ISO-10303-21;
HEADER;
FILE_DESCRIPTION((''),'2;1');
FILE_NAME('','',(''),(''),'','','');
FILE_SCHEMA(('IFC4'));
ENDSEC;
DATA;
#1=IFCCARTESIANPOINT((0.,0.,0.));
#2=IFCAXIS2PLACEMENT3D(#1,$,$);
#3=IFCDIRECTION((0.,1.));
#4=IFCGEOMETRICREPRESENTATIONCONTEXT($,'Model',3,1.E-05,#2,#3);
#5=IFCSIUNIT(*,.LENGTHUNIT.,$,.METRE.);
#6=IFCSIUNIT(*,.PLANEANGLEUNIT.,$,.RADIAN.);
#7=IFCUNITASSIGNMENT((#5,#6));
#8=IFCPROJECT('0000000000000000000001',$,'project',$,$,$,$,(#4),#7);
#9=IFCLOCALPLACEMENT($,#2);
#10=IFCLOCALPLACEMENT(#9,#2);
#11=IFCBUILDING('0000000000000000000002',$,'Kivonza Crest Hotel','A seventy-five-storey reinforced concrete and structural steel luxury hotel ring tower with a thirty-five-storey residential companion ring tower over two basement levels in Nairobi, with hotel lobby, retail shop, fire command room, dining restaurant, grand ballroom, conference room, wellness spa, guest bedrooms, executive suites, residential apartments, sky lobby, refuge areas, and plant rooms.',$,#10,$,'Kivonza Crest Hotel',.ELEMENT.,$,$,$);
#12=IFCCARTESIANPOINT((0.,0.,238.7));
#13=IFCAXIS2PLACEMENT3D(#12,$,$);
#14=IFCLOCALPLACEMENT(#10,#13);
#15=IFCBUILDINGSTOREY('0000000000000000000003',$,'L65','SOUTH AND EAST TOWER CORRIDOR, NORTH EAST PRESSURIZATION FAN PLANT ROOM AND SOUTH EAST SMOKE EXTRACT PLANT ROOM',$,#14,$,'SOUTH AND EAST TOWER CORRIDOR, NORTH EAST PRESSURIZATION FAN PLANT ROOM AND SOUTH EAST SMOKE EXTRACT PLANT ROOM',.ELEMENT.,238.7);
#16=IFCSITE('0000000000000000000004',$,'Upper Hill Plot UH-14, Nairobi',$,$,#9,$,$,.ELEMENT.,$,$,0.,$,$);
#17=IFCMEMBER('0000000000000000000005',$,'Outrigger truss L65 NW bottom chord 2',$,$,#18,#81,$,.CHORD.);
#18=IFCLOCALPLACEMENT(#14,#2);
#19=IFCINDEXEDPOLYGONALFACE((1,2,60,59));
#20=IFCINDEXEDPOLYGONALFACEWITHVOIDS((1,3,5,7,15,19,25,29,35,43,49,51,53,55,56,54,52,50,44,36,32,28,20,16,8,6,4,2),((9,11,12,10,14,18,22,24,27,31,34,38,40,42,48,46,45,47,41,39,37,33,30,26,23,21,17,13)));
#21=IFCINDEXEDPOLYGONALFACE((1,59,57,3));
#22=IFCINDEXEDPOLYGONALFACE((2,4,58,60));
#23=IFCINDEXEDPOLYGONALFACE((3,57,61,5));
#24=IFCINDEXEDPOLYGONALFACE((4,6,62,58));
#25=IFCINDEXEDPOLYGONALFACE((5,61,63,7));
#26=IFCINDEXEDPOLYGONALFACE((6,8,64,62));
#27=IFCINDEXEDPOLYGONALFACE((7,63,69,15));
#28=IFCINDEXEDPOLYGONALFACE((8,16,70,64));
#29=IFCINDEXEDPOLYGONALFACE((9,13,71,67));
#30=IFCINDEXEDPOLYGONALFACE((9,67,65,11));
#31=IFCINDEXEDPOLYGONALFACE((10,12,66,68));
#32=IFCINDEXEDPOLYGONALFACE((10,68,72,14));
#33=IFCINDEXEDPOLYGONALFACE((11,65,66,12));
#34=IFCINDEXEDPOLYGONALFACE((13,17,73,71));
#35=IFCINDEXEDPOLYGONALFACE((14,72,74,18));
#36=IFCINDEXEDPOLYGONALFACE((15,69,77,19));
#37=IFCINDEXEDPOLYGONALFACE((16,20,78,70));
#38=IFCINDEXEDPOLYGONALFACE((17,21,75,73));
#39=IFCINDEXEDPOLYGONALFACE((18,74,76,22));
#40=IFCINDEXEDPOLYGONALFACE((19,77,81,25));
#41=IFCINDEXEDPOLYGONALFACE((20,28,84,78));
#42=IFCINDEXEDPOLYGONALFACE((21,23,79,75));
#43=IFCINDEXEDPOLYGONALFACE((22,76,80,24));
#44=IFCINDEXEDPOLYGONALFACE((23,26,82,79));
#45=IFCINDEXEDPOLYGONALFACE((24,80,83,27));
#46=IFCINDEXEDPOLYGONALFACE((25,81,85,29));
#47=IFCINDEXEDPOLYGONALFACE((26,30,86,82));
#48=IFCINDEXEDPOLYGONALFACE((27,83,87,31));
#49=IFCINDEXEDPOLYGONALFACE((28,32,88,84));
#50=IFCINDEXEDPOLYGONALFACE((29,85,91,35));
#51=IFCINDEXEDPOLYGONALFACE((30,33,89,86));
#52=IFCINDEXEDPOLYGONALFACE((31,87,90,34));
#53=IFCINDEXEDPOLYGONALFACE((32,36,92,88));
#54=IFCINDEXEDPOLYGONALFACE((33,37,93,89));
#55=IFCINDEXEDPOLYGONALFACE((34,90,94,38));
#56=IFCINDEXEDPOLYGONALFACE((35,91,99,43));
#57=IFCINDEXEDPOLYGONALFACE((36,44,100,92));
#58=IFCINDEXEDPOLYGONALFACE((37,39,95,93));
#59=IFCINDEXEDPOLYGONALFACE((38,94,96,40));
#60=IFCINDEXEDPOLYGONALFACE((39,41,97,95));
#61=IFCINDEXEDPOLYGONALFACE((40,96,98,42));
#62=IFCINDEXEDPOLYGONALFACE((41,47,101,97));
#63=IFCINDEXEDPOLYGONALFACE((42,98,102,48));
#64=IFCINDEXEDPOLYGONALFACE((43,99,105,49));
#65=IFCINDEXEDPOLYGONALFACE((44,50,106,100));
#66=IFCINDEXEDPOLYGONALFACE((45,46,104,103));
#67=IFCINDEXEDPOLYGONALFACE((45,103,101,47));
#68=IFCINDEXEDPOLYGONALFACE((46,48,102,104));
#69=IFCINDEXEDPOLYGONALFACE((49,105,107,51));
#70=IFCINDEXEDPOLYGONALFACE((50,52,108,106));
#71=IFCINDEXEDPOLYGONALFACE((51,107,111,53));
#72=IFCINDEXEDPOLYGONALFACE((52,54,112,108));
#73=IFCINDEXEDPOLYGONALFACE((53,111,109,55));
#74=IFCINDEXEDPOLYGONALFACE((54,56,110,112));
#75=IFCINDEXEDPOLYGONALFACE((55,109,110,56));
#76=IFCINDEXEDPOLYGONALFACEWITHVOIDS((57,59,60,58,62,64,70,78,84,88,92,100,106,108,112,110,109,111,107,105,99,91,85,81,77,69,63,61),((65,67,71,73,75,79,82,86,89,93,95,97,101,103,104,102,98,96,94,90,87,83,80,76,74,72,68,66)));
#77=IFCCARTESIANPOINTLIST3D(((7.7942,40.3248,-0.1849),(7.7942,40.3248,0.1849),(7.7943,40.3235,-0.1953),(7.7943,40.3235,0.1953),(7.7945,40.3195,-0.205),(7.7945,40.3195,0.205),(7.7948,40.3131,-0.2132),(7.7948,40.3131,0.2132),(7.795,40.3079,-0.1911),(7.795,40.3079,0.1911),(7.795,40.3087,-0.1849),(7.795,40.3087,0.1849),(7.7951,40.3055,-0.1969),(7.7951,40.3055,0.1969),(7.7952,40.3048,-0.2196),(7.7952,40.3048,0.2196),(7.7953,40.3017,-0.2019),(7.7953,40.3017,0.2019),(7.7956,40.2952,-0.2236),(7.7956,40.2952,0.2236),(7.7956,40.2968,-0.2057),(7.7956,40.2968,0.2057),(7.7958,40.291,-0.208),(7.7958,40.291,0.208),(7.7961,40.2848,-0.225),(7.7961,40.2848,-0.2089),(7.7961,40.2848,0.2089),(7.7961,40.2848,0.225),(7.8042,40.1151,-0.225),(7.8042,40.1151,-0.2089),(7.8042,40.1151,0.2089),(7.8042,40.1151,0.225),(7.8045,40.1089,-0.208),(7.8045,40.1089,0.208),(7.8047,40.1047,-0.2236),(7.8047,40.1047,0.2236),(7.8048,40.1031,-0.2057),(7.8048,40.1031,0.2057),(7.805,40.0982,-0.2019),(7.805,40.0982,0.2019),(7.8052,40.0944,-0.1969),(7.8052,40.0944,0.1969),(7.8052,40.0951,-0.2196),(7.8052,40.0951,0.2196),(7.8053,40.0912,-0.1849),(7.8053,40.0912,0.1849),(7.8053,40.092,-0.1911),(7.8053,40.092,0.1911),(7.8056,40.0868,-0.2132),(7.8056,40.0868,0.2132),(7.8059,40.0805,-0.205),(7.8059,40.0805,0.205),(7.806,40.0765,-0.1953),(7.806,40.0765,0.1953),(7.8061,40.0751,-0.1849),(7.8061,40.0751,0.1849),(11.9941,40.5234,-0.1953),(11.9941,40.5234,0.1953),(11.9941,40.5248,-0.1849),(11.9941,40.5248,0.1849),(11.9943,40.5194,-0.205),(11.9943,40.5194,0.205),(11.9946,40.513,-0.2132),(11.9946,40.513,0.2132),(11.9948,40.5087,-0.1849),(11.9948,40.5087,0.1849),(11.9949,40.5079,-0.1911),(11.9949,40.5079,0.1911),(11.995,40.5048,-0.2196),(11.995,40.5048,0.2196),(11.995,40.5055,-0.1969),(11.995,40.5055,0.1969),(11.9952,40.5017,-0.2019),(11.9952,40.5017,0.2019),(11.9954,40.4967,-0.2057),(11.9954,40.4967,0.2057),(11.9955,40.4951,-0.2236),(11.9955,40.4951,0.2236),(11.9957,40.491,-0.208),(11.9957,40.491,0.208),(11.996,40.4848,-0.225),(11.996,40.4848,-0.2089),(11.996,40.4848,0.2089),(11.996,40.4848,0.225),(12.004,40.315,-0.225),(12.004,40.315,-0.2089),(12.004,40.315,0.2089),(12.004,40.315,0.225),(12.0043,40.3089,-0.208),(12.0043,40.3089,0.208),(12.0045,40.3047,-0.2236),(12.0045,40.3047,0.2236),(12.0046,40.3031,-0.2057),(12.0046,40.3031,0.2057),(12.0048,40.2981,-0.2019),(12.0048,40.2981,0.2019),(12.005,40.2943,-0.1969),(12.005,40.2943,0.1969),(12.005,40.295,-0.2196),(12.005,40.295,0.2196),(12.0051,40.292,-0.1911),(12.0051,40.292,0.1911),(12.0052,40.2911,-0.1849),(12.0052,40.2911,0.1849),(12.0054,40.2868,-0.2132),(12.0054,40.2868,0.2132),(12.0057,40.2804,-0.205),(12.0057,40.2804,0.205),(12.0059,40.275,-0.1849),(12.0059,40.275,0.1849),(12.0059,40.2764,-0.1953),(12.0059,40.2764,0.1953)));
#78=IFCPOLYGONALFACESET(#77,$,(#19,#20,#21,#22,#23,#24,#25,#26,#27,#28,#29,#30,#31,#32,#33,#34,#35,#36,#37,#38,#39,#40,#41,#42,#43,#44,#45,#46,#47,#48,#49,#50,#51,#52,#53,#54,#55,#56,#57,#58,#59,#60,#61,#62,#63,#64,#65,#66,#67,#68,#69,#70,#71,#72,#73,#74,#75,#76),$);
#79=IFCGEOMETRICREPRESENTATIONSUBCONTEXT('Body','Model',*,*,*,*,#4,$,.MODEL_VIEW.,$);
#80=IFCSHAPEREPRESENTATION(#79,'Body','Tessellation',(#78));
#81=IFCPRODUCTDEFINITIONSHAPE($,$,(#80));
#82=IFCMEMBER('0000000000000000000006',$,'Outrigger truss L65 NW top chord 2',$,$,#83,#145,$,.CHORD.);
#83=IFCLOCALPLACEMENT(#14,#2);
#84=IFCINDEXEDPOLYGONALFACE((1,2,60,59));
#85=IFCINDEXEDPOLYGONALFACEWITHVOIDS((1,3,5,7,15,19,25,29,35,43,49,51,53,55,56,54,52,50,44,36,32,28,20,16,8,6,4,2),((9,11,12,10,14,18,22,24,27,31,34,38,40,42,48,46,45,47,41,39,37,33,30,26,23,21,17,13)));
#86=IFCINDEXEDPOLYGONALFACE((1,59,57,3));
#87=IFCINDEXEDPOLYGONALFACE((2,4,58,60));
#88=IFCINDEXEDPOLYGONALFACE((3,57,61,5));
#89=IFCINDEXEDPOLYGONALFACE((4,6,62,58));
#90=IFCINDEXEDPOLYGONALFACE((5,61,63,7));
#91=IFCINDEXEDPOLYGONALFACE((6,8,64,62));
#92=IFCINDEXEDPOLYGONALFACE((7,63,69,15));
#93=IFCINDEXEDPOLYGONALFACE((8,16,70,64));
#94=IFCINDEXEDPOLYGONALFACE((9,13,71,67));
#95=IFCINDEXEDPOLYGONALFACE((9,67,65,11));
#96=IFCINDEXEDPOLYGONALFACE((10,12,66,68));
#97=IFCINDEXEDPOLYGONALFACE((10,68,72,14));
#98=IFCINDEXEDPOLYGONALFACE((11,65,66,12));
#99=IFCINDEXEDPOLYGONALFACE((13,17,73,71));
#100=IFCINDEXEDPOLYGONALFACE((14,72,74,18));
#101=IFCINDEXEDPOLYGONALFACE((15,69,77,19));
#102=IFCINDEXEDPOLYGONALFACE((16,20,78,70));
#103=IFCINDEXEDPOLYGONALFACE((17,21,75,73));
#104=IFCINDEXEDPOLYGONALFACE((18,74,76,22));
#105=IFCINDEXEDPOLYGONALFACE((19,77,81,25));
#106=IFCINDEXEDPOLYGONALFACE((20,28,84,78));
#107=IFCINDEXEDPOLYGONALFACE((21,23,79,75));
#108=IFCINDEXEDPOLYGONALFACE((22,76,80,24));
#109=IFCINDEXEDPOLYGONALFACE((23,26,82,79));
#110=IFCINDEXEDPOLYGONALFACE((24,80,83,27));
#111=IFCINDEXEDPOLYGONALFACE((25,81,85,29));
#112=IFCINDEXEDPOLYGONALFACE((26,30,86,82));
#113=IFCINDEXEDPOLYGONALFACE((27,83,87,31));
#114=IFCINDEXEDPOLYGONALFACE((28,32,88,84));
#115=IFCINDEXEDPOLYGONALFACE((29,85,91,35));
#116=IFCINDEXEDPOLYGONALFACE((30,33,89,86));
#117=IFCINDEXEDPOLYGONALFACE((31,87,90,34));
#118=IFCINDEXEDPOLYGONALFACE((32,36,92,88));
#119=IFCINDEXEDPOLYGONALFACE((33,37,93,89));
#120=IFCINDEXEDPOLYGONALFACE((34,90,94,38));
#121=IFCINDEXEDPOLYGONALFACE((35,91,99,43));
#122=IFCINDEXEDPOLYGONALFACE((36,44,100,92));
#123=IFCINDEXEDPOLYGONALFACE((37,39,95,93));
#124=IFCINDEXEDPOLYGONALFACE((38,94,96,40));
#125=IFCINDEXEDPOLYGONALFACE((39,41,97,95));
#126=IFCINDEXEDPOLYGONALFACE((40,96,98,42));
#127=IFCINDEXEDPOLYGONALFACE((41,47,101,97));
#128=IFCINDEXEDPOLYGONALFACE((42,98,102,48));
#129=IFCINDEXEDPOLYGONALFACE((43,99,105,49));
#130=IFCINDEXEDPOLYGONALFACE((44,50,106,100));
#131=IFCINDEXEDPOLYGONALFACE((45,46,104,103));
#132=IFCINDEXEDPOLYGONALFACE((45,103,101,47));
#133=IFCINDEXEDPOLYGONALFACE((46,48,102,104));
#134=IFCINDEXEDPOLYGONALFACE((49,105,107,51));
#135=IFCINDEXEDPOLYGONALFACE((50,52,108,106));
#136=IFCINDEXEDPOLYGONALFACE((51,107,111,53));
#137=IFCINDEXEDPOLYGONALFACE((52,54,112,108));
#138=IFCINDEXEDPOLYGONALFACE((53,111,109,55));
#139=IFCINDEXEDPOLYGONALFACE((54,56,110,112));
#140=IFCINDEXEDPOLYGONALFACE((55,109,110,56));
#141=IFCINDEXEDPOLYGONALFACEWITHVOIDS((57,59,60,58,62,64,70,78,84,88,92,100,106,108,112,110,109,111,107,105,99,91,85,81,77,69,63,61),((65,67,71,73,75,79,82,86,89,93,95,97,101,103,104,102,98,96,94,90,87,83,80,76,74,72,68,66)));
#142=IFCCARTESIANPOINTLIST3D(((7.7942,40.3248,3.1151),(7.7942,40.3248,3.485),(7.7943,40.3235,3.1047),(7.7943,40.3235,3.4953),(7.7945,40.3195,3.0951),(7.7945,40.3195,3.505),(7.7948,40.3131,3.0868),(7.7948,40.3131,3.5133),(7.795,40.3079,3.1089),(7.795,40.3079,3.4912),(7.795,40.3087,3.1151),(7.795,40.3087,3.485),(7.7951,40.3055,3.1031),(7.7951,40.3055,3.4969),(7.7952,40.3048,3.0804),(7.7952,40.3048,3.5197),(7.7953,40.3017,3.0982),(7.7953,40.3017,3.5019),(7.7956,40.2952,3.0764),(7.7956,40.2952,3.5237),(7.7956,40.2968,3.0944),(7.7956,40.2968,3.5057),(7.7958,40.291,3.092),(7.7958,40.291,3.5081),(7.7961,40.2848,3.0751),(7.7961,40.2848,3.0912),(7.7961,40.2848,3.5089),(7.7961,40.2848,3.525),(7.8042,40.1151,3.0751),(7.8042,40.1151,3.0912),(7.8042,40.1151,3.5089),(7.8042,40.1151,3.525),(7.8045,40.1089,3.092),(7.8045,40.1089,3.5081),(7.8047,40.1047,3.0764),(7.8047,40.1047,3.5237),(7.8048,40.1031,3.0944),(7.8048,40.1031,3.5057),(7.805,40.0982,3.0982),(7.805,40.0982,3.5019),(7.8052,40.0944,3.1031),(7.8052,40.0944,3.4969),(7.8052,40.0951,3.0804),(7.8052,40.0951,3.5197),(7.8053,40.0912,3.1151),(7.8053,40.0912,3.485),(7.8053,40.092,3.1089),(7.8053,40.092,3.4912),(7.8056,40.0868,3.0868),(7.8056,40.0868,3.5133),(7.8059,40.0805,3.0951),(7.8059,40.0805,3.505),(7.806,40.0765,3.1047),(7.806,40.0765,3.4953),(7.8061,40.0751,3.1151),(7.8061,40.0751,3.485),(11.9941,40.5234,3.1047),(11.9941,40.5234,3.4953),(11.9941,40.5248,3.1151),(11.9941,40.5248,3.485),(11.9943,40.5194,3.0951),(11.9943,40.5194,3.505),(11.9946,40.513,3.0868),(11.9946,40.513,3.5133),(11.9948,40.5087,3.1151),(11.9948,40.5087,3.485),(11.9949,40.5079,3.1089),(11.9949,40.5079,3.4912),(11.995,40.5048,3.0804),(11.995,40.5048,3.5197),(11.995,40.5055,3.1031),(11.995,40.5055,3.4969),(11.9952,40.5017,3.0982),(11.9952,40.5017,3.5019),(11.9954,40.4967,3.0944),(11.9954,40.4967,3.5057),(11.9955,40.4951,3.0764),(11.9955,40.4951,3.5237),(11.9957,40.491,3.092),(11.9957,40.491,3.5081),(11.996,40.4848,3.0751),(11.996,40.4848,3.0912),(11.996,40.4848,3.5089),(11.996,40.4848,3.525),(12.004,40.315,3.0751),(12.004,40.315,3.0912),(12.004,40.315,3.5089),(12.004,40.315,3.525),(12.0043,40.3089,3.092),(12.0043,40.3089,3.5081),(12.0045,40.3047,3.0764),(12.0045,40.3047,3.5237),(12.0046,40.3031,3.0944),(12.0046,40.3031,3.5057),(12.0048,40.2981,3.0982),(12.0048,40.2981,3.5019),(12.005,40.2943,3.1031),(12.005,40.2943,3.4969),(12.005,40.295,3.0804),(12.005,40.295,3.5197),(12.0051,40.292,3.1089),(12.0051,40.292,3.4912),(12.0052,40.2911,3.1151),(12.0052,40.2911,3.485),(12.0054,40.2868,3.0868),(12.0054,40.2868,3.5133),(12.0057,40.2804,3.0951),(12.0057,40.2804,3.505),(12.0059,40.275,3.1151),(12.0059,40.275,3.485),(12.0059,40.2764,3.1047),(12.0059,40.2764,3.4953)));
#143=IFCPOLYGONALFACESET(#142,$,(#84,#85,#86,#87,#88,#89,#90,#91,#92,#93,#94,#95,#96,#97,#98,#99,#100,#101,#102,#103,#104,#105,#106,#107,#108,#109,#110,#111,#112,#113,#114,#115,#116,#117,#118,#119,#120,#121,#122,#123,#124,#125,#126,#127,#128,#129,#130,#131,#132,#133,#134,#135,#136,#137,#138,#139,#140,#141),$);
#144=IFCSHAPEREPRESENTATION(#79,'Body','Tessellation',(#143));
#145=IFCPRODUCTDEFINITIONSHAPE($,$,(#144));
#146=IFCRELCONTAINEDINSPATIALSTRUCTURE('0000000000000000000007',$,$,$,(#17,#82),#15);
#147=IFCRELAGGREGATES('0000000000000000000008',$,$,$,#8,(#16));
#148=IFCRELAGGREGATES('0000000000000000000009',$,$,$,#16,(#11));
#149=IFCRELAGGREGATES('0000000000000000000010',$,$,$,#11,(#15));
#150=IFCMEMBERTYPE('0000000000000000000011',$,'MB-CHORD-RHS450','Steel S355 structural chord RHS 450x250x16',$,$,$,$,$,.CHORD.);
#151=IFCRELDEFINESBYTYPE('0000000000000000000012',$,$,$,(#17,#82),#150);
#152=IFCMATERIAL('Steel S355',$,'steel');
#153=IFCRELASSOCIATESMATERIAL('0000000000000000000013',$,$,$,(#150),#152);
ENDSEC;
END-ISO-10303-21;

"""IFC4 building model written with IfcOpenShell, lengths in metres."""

from ifc_helpers import new_model, si_unit, direction, frame, origin, origin_2d, place, context, subcontext, project, spatial, hollow_rectangle, extrude, material, material_profile, profile_set, type_object, element, save


model = new_model("IFC4")

# Units and contexts
model_context = context("Model", 3, precision=1e-05, world=origin(), true_north=direction((0.0, 1.0)))
body_context = subcontext(model_context, "Body", "Model", "MODEL_VIEW")
ifc_project = project(units=[si_unit("LENGTHUNIT", "METRE"), si_unit("PLANEANGLEUNIT", "RADIAN")], contexts=[model_context])

# Site, building, storey
site_placement = place(None, origin())
site = spatial("IfcSite", under=ifc_project, at=site_placement, Name="Upper Hill Plot UH-14, Nairobi", CompositionType="ELEMENT", RefElevation=0.0)
building_placement = place(site_placement, origin())
building = spatial("IfcBuilding", under=site, at=building_placement, Name="Kivonza Crest Hotel", Description="A seventy-five-storey reinforced concrete and structural steel luxury hotel ring tower with a thirty-five-storey residential companion ring tower over two basement levels in Nairobi, with hotel lobby, retail shop, fire command room, dining restaurant, grand ballroom, conference room, wellness spa, guest bedrooms, executive suites, residential apartments, sky lobby, refuge areas, and plant rooms.", LongName="Kivonza Crest Hotel", CompositionType="ELEMENT")
storey_placement = place(building_placement, frame((0.0, 0.0, 238.7)))
storey = spatial("IfcBuildingStorey", under=building, at=storey_placement, Name="L65", Description="SOUTH AND EAST TOWER CORRIDOR, NORTH EAST PRESSURIZATION FAN PLANT ROOM AND SOUTH EAST SMOKE EXTRACT PLANT ROOM", LongName="SOUTH AND EAST TOWER CORRIDOR, NORTH EAST PRESSURIZATION FAN PLANT ROOM AND SOUTH EAST SMOKE EXTRACT PLANT ROOM", CompositionType="ELEMENT", Elevation=238.7)

# Shared definitions
ifc_material_1 = material(Name="Steel S355", Category="steel")

# Members
ifc_material_profile_1 = material_profile(ifc_material_1, hollow_rectangle(XDim=0.25, YDim=0.45, WallThickness=0.0161, InnerFilletRadius=0.0239, OuterFilletRadius=0.04, at=origin_2d()), Name="RHS 450x250x16")
ifc_profile_set_1 = profile_set([ifc_material_profile_1], Name="Steel S355")
member_type_1 = type_object("IfcMemberType", Name="MB-CHORD-RHS450", Description="Steel S355 structural chord RHS 450x250x16", PredefinedType="CHORD", material=ifc_profile_set_1)
for number, where, z_axis, x_axis, name in (
    (1, (12.0, 40.3999, 0.0), (-0.998869, -0.047554, 0.0), (0.047554, -0.998869, 0.0), "Outrigger truss L65 NW bottom chord 2"),
    (2, (12.0, 40.3999, 3.3), (-0.998869, -0.047554, 0.0), (0.047554, -0.998869, 0.0), "Outrigger truss L65 NW top chord 2"),
):
    element("IfcMember", number, at=place(storey_placement, frame(where, z_axis=z_axis, x_axis=x_axis)), inside=storey, type_object=member_type_1, Name=name, PredefinedType="CHORD", context=body_context, shape_type="SweptSolid", body=[
        extrude(hollow_rectangle(XDim=0.25, YDim=0.45, WallThickness=0.0161, InnerFilletRadius=0.0239, OuterFilletRadius=0.04, at=origin_2d()), origin(), (0.0, 0.0, 1.0), 4.2046),
    ])

save(model, "model.ifc")
